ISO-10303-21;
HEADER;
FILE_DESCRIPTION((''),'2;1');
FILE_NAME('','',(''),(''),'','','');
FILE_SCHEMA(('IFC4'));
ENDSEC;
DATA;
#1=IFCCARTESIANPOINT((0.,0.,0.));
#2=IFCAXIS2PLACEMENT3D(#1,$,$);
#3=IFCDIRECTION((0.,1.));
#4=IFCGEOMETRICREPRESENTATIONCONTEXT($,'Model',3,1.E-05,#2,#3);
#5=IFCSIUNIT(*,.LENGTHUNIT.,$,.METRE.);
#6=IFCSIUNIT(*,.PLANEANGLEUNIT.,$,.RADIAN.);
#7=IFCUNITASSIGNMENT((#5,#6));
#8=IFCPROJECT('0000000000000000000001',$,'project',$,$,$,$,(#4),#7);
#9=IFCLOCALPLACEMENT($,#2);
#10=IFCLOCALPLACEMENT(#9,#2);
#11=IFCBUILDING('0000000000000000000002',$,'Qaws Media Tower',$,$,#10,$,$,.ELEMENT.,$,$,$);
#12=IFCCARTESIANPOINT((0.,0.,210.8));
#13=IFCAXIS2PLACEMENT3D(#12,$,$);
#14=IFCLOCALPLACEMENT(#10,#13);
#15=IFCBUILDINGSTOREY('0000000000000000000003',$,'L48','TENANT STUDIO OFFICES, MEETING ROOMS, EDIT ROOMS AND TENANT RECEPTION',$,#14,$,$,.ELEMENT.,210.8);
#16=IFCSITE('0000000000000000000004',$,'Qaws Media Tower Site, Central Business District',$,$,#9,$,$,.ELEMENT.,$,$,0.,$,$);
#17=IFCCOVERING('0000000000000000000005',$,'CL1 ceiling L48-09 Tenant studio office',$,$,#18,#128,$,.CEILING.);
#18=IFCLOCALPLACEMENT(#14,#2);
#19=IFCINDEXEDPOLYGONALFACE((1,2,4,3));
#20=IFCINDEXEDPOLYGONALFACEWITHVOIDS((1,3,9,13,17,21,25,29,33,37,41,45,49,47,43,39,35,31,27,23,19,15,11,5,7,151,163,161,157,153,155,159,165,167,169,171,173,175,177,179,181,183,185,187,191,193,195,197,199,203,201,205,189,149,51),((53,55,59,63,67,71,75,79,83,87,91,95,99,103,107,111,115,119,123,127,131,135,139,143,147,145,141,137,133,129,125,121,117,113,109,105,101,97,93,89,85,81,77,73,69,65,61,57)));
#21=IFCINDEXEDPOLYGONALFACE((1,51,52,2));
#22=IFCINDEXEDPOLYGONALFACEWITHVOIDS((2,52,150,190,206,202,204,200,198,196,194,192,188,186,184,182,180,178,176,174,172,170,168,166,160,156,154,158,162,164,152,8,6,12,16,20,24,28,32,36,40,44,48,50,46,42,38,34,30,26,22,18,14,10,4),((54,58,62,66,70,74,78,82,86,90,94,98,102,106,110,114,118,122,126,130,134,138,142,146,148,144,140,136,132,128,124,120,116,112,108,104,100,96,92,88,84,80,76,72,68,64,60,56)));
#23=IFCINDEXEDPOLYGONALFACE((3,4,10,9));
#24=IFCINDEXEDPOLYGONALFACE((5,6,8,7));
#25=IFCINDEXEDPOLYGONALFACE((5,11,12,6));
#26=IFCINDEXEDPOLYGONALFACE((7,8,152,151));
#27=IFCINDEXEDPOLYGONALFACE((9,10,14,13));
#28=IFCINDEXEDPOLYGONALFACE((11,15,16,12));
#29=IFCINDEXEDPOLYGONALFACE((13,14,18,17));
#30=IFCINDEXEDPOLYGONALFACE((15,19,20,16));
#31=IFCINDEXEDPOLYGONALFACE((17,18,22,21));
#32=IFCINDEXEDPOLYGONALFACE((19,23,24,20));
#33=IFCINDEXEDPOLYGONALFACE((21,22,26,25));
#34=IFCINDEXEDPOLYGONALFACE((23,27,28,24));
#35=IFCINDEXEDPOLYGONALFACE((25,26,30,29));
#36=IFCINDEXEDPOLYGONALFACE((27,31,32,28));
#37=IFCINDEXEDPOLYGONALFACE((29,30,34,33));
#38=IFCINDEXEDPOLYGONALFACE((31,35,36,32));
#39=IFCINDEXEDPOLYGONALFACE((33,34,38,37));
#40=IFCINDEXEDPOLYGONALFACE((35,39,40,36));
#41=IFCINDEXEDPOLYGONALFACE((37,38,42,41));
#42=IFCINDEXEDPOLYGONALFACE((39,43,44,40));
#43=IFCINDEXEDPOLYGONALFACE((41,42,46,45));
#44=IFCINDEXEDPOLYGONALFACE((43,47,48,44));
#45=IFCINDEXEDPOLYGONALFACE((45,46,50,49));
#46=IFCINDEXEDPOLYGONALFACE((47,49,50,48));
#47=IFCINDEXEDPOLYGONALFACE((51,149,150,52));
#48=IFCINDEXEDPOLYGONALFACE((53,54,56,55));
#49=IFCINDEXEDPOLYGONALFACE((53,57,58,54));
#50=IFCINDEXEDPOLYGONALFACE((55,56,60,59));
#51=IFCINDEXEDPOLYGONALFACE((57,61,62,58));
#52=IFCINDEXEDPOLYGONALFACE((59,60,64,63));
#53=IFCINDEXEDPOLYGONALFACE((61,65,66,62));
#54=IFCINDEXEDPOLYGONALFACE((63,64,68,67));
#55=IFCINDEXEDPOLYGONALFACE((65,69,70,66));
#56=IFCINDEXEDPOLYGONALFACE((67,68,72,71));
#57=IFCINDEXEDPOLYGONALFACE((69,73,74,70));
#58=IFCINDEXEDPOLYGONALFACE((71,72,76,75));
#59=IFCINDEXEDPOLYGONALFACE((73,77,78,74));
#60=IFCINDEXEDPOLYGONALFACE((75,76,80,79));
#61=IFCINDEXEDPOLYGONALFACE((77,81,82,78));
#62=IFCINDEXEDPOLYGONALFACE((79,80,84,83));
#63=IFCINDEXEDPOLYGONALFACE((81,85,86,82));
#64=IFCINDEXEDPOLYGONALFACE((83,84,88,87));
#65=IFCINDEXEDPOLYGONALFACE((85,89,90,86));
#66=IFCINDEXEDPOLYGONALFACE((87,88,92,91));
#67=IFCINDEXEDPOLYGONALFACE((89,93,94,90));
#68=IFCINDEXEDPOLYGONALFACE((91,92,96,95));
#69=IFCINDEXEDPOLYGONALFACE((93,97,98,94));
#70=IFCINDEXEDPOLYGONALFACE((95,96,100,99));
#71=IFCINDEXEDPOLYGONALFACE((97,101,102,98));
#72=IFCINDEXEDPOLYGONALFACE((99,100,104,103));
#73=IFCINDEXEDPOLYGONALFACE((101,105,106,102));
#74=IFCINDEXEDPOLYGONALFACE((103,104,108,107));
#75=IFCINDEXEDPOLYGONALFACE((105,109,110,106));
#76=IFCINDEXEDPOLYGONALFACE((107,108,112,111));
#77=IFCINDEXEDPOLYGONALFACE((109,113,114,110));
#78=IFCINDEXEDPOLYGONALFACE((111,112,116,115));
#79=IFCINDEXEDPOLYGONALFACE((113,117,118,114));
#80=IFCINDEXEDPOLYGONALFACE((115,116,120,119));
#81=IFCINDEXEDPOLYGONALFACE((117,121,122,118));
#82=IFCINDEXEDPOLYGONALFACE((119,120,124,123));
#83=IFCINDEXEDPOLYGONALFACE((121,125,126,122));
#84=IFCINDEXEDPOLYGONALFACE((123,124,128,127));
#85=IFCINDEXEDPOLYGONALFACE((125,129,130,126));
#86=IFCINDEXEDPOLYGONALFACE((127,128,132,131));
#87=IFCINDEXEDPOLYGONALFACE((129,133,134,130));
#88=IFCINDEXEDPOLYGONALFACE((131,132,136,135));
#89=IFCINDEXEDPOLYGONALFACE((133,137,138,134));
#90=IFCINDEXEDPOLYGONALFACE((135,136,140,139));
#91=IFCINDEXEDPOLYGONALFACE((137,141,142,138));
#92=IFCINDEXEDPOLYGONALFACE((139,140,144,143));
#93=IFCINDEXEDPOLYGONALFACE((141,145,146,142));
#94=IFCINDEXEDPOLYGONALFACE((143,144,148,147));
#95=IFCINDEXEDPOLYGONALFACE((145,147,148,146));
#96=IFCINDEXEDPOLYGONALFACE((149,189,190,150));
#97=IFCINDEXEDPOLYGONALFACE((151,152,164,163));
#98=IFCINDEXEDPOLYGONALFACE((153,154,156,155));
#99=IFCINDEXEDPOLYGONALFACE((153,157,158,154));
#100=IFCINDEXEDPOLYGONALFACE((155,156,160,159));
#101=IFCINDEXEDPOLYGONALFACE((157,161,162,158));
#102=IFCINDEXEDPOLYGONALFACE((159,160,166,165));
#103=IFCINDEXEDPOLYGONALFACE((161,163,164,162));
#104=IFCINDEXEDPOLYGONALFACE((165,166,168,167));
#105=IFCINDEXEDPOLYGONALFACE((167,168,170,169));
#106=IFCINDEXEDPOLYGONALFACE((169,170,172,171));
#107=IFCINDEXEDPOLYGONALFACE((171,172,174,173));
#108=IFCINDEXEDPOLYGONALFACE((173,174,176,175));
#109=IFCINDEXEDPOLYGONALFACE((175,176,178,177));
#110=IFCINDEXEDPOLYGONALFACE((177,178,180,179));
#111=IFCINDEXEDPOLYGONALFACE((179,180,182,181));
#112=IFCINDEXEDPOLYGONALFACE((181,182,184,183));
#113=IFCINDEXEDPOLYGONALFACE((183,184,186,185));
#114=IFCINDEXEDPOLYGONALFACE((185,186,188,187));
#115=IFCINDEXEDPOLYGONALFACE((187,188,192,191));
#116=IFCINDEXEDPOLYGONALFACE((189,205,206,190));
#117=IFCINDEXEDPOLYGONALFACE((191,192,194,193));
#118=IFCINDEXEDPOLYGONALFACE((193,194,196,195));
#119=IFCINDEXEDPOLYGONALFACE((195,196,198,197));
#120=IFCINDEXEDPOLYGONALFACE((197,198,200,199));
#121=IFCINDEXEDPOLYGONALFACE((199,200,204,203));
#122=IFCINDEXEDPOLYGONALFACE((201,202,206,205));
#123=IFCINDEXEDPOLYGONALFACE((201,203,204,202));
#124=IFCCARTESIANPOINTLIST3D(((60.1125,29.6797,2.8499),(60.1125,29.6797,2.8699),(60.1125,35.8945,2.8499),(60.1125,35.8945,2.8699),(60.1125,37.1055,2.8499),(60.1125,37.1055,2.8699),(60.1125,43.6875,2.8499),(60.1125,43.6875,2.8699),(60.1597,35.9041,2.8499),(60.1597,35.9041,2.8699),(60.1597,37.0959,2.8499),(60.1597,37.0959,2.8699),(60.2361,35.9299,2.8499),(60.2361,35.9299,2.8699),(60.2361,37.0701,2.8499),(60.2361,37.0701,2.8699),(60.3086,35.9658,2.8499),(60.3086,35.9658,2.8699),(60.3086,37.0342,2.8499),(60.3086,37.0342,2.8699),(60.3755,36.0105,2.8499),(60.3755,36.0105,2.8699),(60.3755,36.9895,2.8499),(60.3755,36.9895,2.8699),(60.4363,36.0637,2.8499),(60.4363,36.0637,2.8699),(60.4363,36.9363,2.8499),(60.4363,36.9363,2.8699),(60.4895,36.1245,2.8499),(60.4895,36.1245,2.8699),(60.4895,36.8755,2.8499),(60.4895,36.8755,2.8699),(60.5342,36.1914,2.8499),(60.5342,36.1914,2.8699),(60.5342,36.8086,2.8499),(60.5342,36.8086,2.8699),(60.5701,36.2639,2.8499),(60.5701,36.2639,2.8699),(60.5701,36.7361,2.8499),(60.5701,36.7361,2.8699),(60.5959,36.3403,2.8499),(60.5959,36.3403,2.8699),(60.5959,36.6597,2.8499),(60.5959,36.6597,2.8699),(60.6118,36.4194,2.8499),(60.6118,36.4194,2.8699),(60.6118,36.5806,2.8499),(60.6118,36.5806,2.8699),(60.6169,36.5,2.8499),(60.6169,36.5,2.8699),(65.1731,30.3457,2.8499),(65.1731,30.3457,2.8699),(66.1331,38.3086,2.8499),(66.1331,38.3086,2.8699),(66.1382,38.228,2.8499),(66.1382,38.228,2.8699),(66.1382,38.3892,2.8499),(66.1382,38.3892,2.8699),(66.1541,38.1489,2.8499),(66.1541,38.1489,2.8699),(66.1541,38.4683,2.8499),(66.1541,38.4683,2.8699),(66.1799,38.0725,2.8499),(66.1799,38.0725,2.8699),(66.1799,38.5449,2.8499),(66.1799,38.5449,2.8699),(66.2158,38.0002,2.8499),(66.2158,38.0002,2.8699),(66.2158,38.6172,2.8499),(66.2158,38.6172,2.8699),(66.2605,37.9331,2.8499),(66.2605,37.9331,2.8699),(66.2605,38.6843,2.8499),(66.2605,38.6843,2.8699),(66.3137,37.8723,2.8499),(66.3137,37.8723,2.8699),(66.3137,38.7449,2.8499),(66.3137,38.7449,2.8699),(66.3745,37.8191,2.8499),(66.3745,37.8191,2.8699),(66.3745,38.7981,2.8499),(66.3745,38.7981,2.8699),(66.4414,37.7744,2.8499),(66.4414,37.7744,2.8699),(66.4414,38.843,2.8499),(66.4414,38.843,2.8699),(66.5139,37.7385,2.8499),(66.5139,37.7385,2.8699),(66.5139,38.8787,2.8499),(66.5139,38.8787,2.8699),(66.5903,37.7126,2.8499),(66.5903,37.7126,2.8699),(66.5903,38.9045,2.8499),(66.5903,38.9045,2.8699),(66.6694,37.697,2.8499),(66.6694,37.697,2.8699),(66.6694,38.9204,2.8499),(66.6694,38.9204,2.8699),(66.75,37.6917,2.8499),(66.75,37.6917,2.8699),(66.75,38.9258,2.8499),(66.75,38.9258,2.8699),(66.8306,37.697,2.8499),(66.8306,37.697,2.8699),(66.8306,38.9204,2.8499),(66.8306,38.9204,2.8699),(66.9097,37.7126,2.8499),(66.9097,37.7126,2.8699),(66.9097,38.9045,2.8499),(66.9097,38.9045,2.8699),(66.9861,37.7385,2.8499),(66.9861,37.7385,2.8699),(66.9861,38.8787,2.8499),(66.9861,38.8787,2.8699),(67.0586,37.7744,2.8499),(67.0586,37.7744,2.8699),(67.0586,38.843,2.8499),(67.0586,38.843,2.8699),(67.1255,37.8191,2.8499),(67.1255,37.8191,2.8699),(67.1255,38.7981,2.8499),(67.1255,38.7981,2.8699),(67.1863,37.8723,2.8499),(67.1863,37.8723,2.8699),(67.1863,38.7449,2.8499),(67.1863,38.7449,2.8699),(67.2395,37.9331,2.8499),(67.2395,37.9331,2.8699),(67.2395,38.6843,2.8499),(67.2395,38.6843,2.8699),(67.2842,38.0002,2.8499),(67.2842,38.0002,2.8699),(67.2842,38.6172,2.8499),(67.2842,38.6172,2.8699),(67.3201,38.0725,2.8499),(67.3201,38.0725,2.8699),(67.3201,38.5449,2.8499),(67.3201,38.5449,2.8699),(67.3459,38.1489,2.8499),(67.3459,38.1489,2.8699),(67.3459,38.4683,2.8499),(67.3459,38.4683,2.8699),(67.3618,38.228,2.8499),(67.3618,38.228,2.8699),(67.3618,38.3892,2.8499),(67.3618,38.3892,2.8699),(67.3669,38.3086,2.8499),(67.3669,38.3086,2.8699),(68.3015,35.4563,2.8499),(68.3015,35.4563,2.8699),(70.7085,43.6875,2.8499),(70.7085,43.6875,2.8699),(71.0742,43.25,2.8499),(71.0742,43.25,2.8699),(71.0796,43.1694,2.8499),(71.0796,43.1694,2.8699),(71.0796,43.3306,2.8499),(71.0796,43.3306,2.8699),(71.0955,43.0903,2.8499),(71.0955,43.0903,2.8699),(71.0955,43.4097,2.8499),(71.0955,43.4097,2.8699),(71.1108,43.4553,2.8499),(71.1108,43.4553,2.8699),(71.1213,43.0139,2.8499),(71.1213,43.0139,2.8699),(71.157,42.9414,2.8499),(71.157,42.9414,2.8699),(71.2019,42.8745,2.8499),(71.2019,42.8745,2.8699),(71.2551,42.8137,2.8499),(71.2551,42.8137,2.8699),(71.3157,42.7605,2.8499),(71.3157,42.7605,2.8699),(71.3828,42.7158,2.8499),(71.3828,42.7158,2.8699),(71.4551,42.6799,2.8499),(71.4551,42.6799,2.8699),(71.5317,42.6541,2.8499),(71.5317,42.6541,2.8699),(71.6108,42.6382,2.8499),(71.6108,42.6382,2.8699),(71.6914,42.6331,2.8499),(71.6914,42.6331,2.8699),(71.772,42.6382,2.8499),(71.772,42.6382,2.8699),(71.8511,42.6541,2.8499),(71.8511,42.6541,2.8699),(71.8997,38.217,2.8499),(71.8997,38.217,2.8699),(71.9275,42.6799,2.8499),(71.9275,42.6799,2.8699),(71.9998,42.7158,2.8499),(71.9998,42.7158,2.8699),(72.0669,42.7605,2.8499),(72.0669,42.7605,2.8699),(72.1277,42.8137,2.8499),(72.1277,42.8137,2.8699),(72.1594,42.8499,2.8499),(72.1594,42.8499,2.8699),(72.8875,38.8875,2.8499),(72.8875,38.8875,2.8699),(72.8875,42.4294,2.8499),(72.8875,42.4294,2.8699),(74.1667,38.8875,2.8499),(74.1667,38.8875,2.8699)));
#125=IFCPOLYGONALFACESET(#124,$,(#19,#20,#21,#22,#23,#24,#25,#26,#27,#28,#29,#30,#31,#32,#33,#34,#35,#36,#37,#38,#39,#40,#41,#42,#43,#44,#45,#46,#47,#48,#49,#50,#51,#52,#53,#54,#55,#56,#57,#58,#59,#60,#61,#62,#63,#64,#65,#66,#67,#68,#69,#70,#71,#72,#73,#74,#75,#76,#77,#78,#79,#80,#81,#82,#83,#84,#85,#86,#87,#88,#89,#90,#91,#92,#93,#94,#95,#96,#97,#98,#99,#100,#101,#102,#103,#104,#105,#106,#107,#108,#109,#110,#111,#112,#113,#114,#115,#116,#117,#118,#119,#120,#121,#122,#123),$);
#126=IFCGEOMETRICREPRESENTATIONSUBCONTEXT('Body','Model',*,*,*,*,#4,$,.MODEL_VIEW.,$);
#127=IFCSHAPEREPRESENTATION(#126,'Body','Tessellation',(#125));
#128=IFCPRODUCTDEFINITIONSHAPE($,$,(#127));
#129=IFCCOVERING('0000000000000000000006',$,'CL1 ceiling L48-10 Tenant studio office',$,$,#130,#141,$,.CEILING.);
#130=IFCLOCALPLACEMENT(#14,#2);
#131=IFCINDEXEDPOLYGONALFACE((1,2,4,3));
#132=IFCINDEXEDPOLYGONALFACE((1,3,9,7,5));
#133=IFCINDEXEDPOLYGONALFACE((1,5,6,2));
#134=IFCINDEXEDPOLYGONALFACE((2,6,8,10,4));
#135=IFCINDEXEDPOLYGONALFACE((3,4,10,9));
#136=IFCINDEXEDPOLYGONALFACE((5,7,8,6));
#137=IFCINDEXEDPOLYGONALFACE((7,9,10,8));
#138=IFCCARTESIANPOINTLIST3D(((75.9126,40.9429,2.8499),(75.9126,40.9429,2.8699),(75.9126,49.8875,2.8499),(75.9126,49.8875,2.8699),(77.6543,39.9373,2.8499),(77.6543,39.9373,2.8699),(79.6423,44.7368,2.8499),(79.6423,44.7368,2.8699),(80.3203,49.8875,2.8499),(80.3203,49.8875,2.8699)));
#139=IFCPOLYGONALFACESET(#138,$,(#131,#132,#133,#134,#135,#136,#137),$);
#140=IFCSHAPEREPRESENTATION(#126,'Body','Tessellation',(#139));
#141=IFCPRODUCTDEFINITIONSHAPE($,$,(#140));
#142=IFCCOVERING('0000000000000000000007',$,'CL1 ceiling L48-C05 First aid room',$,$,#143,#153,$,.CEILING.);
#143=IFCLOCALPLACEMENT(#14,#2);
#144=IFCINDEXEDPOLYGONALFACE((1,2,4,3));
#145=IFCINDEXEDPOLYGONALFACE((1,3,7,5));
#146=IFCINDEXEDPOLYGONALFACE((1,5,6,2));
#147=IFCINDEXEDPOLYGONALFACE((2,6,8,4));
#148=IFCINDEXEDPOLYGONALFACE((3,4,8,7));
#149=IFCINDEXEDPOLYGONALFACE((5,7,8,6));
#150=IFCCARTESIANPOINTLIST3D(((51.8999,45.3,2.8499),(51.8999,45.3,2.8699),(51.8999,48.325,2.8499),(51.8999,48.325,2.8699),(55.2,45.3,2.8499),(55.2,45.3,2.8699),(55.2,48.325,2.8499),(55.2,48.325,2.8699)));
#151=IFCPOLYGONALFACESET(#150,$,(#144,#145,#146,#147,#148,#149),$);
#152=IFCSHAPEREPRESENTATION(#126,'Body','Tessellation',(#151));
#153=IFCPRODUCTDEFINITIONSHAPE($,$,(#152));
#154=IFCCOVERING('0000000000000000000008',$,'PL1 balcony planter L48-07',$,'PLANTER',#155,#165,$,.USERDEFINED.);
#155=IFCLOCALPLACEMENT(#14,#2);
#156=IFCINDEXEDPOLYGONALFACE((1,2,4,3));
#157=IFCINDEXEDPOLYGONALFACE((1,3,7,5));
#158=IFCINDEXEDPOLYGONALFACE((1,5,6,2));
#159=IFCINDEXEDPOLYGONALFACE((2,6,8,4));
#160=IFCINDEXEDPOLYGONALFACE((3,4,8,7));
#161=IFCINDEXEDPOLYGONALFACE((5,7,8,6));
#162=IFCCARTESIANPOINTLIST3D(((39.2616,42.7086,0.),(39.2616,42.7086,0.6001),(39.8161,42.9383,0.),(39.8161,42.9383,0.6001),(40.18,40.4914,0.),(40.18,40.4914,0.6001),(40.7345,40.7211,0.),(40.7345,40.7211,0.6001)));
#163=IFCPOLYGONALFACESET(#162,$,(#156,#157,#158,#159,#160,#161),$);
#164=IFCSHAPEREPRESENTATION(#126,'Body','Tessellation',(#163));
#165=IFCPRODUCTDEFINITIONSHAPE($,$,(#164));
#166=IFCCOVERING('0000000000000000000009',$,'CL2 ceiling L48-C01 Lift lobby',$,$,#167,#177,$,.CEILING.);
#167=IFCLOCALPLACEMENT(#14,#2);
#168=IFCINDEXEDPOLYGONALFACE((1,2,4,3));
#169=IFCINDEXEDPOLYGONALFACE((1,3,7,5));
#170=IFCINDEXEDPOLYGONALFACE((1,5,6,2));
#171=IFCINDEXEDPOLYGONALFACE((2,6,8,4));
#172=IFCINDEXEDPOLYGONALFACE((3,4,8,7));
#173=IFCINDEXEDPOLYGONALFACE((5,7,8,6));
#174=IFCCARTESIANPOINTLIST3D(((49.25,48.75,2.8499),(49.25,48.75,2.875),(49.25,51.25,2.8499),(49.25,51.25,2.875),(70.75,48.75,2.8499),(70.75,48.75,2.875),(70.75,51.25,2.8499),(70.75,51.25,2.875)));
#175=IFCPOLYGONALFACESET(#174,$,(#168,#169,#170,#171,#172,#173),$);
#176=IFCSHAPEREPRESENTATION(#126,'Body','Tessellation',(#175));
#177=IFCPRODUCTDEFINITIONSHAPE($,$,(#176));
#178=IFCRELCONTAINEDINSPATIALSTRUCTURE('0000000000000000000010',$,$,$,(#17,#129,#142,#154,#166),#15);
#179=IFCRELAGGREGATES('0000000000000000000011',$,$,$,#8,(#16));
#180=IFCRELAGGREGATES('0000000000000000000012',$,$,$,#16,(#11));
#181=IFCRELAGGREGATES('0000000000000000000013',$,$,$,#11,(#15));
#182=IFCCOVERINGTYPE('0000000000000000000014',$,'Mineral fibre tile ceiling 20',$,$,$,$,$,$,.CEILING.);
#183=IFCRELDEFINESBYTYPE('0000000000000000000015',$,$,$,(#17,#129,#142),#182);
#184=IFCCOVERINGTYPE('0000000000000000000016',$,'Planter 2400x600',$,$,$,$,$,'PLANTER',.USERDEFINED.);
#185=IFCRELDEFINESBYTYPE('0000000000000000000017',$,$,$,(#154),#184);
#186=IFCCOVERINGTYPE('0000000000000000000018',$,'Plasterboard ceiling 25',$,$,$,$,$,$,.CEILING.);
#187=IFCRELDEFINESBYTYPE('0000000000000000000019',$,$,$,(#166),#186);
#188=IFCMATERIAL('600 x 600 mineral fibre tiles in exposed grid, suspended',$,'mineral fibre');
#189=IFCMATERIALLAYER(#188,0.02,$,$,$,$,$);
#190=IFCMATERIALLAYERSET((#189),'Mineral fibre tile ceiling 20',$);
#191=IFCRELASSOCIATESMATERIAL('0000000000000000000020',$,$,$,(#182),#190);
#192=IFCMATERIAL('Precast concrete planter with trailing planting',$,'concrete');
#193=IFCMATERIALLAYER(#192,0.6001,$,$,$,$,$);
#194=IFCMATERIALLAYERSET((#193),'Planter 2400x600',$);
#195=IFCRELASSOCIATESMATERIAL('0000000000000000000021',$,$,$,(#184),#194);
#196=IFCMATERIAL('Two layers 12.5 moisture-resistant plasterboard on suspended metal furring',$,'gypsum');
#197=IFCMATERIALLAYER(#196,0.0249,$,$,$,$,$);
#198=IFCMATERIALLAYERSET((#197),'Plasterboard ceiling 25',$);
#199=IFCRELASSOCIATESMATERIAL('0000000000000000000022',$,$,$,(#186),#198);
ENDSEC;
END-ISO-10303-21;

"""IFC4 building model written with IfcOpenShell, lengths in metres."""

from ifc_helpers import new_model, si_unit, direction, frame, origin, origin_2d, place, context, subcontext, project, spatial, polyline, rectangle, outline, extrude, material, layer, layer_set, type_object, element, save


model = new_model("IFC4")

# Units and contexts
model_context = context("Model", 3, precision=1e-05, world=origin(), true_north=direction((0.0, 1.0)))
body_context = subcontext(model_context, "Body", "Model", "MODEL_VIEW")
ifc_project = project(units=[si_unit("LENGTHUNIT", "METRE"), si_unit("PLANEANGLEUNIT", "RADIAN")], contexts=[model_context])

# Site, building, storey
site_placement = place(None, origin())
site = spatial("IfcSite", under=ifc_project, at=site_placement, Name="Qaws Media Tower Site, Central Business District", CompositionType="ELEMENT", RefElevation=0.0)
building_placement = place(site_placement, origin())
building = spatial("IfcBuilding", under=site, at=building_placement, Name="Qaws Media Tower", CompositionType="ELEMENT")
storey_placement = place(building_placement, frame((0.0, 0.0, 210.8)))
storey = spatial("IfcBuildingStorey", under=building, at=storey_placement, Name="L48", Description="TENANT STUDIO OFFICES, MEETING ROOMS, EDIT ROOMS AND TENANT RECEPTION", CompositionType="ELEMENT", Elevation=210.8)

# Coverings
ifc_material_1 = material(Name="600 x 600 mineral fibre tiles in exposed grid, suspended", Category="mineral fibre")
ifc_layer_1 = layer(ifc_material_1, 0.02)
ifc_layer_set_1 = layer_set([ifc_layer_1], Name="Mineral fibre tile ceiling 20")
covering_type_1 = type_object("IfcCoveringType", Name="Mineral fibre tile ceiling 20", PredefinedType="CEILING", material=ifc_layer_set_1)
covering_1_placement = place(storey_placement, frame((0.0, 0.0, 2.8499)))
element("IfcCovering", 1, at=covering_1_placement, inside=storey, type_object=covering_type_1, Name="CL1 ceiling L48-09 Tenant studio office", PredefinedType="CEILING", context=body_context, shape_type="SweptSolid", body=[
    extrude(outline(polyline([(72.8875, 38.8875), (74.1667, 38.8875), (71.8997, 38.217), (68.3015, 35.4563), (65.1731, 30.3457), (60.1125, 29.6797), (60.1125, 35.8945), (60.1597, 35.9041), (60.2361, 35.9299), (60.3086, 35.9658), (60.3755, 36.0105), (60.4363, 36.0637), (60.4895, 36.1245), (60.5342, 36.1914), (60.5701, 36.2639), (60.5959, 36.3403), (60.6118, 36.4194), (60.6169, 36.5), (60.6118, 36.5806), (60.5959, 36.6597), (60.5701, 36.7361), (60.5342, 36.8086), (60.4895, 36.8755), (60.4363, 36.9363), (60.3755, 36.9895), (60.3086, 37.0342), (60.2361, 37.0701), (60.1597, 37.0959), (60.1125, 37.1055), (60.1125, 43.6875), (70.7085, 43.6875), (71.1108, 43.4553), (71.0955, 43.4097), (71.0796, 43.3306), (71.0742, 43.25), (71.0796, 43.1694), (71.0955, 43.0903), (71.1213, 43.0139), (71.157, 42.9414), (71.2019, 42.8745), (71.2551, 42.8137), (71.3157, 42.7605), (71.3828, 42.7158), (71.4551, 42.6799), (71.5317, 42.6541), (71.6108, 42.6382), (71.6914, 42.6331), (71.772, 42.6382), (71.8511, 42.6541), (71.9275, 42.6799), (71.9998, 42.7158), (72.0669, 42.7605), (72.1277, 42.8137), (72.1594, 42.8499), (72.8875, 42.4294), (72.8875, 38.8875)]), holes=[polyline([(67.3201, 38.0725), (67.3459, 38.1489), (67.3618, 38.228), (67.3669, 38.3086), (67.3618, 38.3892), (67.3459, 38.4683), (67.3201, 38.5449), (67.2842, 38.6172), (67.2395, 38.6843), (67.1863, 38.7449), (67.1255, 38.7981), (67.0586, 38.843), (66.9861, 38.8787), (66.9097, 38.9045), (66.8306, 38.9204), (66.75, 38.9258), (66.6694, 38.9204), (66.5903, 38.9045), (66.5139, 38.8787), (66.4414, 38.843), (66.3745, 38.7981), (66.3137, 38.7449), (66.2605, 38.6843), (66.2158, 38.6172), (66.1799, 38.5449), (66.1541, 38.4683), (66.1382, 38.3892), (66.1331, 38.3086), (66.1382, 38.228), (66.1541, 38.1489), (66.1799, 38.0725), (66.2158, 38.0002), (66.2605, 37.9331), (66.3137, 37.8723), (66.3745, 37.8191), (66.4414, 37.7744), (66.5139, 37.7385), (66.5903, 37.7126), (66.6694, 37.697), (66.75, 37.6917), (66.8306, 37.697), (66.9097, 37.7126), (66.9861, 37.7385), (67.0586, 37.7744), (67.1255, 37.8191), (67.1863, 37.8723), (67.2395, 37.9331), (67.2842, 38.0002), (67.3201, 38.0725)])]), origin(), (0.0, 0.0, 1.0), 0.02),
])
covering_2_placement = place(storey_placement, frame((0.0, 0.0, 2.8499)))
element("IfcCovering", 2, at=covering_2_placement, inside=storey, type_object=covering_type_1, Name="CL1 ceiling L48-10 Tenant studio office", PredefinedType="CEILING", context=body_context, shape_type="SweptSolid", body=[
    extrude(outline(polyline([(75.9126, 40.9429), (75.9126, 49.8875), (80.3203, 49.8875), (79.6423, 44.7368), (77.6543, 39.9373), (75.9126, 40.9429)])), origin(), (0.0, 0.0, 1.0), 0.02),
])
covering_3_placement = place(storey_placement, frame((0.0, 0.0, 2.8499)))
element("IfcCovering", 3, at=covering_3_placement, inside=storey, type_object=covering_type_1, Name="CL1 ceiling L48-C05 First aid room", PredefinedType="CEILING", context=body_context, shape_type="SweptSolid", body=[
    extrude(outline(polyline([(51.8999, 45.3), (51.8999, 48.325), (55.2, 48.325), (55.2, 45.3), (51.8999, 45.3)])), origin(), (0.0, 0.0, 1.0), 0.02),
])
ifc_material_2 = material(Name="Precast concrete planter with trailing planting", Category="concrete")
ifc_layer_2 = layer(ifc_material_2, 0.6001)
ifc_layer_set_2 = layer_set([ifc_layer_2], Name="Planter 2400x600")
covering_type_2 = type_object("IfcCoveringType", Name="Planter 2400x600", ElementType="PLANTER", PredefinedType="USERDEFINED", material=ifc_layer_set_2)
covering_4_placement = place(storey_placement, frame((39.998, 41.7148, 0.0), z_axis=(0.0, 0.0, 1.0), x_axis=(0.382683, -0.92388, 0.0)))
element("IfcCovering", 4, at=covering_4_placement, inside=storey, type_object=covering_type_2, Name="PL1 balcony planter L48-07", ObjectType="PLANTER", PredefinedType="USERDEFINED", context=body_context, shape_type="SweptSolid", body=[
    extrude(rectangle(XDim=2.3999, YDim=0.6001, at=origin_2d()), origin(), (0.0, 0.0, 1.0), 0.6001),
])
ifc_material_3 = material(Name="Two layers 12.5 moisture-resistant plasterboard on suspended metal furring", Category="gypsum")
ifc_layer_3 = layer(ifc_material_3, 0.0249)
ifc_layer_set_3 = layer_set([ifc_layer_3], Name="Plasterboard ceiling 25")
covering_type_3 = type_object("IfcCoveringType", Name="Plasterboard ceiling 25", PredefinedType="CEILING", material=ifc_layer_set_3)
covering_5_placement = place(storey_placement, frame((0.0, 0.0, 2.8499)))
element("IfcCovering", 5, at=covering_5_placement, inside=storey, type_object=covering_type_3, Name="CL2 ceiling L48-C01 Lift lobby", PredefinedType="CEILING", context=body_context, shape_type="SweptSolid", body=[
    extrude(outline(polyline([(49.25, 48.75), (49.25, 51.25), (70.75, 51.25), (70.75, 48.75), (49.25, 48.75)])), origin(), (0.0, 0.0, 1.0), 0.0251),
])

save(model, "model.ifc")
